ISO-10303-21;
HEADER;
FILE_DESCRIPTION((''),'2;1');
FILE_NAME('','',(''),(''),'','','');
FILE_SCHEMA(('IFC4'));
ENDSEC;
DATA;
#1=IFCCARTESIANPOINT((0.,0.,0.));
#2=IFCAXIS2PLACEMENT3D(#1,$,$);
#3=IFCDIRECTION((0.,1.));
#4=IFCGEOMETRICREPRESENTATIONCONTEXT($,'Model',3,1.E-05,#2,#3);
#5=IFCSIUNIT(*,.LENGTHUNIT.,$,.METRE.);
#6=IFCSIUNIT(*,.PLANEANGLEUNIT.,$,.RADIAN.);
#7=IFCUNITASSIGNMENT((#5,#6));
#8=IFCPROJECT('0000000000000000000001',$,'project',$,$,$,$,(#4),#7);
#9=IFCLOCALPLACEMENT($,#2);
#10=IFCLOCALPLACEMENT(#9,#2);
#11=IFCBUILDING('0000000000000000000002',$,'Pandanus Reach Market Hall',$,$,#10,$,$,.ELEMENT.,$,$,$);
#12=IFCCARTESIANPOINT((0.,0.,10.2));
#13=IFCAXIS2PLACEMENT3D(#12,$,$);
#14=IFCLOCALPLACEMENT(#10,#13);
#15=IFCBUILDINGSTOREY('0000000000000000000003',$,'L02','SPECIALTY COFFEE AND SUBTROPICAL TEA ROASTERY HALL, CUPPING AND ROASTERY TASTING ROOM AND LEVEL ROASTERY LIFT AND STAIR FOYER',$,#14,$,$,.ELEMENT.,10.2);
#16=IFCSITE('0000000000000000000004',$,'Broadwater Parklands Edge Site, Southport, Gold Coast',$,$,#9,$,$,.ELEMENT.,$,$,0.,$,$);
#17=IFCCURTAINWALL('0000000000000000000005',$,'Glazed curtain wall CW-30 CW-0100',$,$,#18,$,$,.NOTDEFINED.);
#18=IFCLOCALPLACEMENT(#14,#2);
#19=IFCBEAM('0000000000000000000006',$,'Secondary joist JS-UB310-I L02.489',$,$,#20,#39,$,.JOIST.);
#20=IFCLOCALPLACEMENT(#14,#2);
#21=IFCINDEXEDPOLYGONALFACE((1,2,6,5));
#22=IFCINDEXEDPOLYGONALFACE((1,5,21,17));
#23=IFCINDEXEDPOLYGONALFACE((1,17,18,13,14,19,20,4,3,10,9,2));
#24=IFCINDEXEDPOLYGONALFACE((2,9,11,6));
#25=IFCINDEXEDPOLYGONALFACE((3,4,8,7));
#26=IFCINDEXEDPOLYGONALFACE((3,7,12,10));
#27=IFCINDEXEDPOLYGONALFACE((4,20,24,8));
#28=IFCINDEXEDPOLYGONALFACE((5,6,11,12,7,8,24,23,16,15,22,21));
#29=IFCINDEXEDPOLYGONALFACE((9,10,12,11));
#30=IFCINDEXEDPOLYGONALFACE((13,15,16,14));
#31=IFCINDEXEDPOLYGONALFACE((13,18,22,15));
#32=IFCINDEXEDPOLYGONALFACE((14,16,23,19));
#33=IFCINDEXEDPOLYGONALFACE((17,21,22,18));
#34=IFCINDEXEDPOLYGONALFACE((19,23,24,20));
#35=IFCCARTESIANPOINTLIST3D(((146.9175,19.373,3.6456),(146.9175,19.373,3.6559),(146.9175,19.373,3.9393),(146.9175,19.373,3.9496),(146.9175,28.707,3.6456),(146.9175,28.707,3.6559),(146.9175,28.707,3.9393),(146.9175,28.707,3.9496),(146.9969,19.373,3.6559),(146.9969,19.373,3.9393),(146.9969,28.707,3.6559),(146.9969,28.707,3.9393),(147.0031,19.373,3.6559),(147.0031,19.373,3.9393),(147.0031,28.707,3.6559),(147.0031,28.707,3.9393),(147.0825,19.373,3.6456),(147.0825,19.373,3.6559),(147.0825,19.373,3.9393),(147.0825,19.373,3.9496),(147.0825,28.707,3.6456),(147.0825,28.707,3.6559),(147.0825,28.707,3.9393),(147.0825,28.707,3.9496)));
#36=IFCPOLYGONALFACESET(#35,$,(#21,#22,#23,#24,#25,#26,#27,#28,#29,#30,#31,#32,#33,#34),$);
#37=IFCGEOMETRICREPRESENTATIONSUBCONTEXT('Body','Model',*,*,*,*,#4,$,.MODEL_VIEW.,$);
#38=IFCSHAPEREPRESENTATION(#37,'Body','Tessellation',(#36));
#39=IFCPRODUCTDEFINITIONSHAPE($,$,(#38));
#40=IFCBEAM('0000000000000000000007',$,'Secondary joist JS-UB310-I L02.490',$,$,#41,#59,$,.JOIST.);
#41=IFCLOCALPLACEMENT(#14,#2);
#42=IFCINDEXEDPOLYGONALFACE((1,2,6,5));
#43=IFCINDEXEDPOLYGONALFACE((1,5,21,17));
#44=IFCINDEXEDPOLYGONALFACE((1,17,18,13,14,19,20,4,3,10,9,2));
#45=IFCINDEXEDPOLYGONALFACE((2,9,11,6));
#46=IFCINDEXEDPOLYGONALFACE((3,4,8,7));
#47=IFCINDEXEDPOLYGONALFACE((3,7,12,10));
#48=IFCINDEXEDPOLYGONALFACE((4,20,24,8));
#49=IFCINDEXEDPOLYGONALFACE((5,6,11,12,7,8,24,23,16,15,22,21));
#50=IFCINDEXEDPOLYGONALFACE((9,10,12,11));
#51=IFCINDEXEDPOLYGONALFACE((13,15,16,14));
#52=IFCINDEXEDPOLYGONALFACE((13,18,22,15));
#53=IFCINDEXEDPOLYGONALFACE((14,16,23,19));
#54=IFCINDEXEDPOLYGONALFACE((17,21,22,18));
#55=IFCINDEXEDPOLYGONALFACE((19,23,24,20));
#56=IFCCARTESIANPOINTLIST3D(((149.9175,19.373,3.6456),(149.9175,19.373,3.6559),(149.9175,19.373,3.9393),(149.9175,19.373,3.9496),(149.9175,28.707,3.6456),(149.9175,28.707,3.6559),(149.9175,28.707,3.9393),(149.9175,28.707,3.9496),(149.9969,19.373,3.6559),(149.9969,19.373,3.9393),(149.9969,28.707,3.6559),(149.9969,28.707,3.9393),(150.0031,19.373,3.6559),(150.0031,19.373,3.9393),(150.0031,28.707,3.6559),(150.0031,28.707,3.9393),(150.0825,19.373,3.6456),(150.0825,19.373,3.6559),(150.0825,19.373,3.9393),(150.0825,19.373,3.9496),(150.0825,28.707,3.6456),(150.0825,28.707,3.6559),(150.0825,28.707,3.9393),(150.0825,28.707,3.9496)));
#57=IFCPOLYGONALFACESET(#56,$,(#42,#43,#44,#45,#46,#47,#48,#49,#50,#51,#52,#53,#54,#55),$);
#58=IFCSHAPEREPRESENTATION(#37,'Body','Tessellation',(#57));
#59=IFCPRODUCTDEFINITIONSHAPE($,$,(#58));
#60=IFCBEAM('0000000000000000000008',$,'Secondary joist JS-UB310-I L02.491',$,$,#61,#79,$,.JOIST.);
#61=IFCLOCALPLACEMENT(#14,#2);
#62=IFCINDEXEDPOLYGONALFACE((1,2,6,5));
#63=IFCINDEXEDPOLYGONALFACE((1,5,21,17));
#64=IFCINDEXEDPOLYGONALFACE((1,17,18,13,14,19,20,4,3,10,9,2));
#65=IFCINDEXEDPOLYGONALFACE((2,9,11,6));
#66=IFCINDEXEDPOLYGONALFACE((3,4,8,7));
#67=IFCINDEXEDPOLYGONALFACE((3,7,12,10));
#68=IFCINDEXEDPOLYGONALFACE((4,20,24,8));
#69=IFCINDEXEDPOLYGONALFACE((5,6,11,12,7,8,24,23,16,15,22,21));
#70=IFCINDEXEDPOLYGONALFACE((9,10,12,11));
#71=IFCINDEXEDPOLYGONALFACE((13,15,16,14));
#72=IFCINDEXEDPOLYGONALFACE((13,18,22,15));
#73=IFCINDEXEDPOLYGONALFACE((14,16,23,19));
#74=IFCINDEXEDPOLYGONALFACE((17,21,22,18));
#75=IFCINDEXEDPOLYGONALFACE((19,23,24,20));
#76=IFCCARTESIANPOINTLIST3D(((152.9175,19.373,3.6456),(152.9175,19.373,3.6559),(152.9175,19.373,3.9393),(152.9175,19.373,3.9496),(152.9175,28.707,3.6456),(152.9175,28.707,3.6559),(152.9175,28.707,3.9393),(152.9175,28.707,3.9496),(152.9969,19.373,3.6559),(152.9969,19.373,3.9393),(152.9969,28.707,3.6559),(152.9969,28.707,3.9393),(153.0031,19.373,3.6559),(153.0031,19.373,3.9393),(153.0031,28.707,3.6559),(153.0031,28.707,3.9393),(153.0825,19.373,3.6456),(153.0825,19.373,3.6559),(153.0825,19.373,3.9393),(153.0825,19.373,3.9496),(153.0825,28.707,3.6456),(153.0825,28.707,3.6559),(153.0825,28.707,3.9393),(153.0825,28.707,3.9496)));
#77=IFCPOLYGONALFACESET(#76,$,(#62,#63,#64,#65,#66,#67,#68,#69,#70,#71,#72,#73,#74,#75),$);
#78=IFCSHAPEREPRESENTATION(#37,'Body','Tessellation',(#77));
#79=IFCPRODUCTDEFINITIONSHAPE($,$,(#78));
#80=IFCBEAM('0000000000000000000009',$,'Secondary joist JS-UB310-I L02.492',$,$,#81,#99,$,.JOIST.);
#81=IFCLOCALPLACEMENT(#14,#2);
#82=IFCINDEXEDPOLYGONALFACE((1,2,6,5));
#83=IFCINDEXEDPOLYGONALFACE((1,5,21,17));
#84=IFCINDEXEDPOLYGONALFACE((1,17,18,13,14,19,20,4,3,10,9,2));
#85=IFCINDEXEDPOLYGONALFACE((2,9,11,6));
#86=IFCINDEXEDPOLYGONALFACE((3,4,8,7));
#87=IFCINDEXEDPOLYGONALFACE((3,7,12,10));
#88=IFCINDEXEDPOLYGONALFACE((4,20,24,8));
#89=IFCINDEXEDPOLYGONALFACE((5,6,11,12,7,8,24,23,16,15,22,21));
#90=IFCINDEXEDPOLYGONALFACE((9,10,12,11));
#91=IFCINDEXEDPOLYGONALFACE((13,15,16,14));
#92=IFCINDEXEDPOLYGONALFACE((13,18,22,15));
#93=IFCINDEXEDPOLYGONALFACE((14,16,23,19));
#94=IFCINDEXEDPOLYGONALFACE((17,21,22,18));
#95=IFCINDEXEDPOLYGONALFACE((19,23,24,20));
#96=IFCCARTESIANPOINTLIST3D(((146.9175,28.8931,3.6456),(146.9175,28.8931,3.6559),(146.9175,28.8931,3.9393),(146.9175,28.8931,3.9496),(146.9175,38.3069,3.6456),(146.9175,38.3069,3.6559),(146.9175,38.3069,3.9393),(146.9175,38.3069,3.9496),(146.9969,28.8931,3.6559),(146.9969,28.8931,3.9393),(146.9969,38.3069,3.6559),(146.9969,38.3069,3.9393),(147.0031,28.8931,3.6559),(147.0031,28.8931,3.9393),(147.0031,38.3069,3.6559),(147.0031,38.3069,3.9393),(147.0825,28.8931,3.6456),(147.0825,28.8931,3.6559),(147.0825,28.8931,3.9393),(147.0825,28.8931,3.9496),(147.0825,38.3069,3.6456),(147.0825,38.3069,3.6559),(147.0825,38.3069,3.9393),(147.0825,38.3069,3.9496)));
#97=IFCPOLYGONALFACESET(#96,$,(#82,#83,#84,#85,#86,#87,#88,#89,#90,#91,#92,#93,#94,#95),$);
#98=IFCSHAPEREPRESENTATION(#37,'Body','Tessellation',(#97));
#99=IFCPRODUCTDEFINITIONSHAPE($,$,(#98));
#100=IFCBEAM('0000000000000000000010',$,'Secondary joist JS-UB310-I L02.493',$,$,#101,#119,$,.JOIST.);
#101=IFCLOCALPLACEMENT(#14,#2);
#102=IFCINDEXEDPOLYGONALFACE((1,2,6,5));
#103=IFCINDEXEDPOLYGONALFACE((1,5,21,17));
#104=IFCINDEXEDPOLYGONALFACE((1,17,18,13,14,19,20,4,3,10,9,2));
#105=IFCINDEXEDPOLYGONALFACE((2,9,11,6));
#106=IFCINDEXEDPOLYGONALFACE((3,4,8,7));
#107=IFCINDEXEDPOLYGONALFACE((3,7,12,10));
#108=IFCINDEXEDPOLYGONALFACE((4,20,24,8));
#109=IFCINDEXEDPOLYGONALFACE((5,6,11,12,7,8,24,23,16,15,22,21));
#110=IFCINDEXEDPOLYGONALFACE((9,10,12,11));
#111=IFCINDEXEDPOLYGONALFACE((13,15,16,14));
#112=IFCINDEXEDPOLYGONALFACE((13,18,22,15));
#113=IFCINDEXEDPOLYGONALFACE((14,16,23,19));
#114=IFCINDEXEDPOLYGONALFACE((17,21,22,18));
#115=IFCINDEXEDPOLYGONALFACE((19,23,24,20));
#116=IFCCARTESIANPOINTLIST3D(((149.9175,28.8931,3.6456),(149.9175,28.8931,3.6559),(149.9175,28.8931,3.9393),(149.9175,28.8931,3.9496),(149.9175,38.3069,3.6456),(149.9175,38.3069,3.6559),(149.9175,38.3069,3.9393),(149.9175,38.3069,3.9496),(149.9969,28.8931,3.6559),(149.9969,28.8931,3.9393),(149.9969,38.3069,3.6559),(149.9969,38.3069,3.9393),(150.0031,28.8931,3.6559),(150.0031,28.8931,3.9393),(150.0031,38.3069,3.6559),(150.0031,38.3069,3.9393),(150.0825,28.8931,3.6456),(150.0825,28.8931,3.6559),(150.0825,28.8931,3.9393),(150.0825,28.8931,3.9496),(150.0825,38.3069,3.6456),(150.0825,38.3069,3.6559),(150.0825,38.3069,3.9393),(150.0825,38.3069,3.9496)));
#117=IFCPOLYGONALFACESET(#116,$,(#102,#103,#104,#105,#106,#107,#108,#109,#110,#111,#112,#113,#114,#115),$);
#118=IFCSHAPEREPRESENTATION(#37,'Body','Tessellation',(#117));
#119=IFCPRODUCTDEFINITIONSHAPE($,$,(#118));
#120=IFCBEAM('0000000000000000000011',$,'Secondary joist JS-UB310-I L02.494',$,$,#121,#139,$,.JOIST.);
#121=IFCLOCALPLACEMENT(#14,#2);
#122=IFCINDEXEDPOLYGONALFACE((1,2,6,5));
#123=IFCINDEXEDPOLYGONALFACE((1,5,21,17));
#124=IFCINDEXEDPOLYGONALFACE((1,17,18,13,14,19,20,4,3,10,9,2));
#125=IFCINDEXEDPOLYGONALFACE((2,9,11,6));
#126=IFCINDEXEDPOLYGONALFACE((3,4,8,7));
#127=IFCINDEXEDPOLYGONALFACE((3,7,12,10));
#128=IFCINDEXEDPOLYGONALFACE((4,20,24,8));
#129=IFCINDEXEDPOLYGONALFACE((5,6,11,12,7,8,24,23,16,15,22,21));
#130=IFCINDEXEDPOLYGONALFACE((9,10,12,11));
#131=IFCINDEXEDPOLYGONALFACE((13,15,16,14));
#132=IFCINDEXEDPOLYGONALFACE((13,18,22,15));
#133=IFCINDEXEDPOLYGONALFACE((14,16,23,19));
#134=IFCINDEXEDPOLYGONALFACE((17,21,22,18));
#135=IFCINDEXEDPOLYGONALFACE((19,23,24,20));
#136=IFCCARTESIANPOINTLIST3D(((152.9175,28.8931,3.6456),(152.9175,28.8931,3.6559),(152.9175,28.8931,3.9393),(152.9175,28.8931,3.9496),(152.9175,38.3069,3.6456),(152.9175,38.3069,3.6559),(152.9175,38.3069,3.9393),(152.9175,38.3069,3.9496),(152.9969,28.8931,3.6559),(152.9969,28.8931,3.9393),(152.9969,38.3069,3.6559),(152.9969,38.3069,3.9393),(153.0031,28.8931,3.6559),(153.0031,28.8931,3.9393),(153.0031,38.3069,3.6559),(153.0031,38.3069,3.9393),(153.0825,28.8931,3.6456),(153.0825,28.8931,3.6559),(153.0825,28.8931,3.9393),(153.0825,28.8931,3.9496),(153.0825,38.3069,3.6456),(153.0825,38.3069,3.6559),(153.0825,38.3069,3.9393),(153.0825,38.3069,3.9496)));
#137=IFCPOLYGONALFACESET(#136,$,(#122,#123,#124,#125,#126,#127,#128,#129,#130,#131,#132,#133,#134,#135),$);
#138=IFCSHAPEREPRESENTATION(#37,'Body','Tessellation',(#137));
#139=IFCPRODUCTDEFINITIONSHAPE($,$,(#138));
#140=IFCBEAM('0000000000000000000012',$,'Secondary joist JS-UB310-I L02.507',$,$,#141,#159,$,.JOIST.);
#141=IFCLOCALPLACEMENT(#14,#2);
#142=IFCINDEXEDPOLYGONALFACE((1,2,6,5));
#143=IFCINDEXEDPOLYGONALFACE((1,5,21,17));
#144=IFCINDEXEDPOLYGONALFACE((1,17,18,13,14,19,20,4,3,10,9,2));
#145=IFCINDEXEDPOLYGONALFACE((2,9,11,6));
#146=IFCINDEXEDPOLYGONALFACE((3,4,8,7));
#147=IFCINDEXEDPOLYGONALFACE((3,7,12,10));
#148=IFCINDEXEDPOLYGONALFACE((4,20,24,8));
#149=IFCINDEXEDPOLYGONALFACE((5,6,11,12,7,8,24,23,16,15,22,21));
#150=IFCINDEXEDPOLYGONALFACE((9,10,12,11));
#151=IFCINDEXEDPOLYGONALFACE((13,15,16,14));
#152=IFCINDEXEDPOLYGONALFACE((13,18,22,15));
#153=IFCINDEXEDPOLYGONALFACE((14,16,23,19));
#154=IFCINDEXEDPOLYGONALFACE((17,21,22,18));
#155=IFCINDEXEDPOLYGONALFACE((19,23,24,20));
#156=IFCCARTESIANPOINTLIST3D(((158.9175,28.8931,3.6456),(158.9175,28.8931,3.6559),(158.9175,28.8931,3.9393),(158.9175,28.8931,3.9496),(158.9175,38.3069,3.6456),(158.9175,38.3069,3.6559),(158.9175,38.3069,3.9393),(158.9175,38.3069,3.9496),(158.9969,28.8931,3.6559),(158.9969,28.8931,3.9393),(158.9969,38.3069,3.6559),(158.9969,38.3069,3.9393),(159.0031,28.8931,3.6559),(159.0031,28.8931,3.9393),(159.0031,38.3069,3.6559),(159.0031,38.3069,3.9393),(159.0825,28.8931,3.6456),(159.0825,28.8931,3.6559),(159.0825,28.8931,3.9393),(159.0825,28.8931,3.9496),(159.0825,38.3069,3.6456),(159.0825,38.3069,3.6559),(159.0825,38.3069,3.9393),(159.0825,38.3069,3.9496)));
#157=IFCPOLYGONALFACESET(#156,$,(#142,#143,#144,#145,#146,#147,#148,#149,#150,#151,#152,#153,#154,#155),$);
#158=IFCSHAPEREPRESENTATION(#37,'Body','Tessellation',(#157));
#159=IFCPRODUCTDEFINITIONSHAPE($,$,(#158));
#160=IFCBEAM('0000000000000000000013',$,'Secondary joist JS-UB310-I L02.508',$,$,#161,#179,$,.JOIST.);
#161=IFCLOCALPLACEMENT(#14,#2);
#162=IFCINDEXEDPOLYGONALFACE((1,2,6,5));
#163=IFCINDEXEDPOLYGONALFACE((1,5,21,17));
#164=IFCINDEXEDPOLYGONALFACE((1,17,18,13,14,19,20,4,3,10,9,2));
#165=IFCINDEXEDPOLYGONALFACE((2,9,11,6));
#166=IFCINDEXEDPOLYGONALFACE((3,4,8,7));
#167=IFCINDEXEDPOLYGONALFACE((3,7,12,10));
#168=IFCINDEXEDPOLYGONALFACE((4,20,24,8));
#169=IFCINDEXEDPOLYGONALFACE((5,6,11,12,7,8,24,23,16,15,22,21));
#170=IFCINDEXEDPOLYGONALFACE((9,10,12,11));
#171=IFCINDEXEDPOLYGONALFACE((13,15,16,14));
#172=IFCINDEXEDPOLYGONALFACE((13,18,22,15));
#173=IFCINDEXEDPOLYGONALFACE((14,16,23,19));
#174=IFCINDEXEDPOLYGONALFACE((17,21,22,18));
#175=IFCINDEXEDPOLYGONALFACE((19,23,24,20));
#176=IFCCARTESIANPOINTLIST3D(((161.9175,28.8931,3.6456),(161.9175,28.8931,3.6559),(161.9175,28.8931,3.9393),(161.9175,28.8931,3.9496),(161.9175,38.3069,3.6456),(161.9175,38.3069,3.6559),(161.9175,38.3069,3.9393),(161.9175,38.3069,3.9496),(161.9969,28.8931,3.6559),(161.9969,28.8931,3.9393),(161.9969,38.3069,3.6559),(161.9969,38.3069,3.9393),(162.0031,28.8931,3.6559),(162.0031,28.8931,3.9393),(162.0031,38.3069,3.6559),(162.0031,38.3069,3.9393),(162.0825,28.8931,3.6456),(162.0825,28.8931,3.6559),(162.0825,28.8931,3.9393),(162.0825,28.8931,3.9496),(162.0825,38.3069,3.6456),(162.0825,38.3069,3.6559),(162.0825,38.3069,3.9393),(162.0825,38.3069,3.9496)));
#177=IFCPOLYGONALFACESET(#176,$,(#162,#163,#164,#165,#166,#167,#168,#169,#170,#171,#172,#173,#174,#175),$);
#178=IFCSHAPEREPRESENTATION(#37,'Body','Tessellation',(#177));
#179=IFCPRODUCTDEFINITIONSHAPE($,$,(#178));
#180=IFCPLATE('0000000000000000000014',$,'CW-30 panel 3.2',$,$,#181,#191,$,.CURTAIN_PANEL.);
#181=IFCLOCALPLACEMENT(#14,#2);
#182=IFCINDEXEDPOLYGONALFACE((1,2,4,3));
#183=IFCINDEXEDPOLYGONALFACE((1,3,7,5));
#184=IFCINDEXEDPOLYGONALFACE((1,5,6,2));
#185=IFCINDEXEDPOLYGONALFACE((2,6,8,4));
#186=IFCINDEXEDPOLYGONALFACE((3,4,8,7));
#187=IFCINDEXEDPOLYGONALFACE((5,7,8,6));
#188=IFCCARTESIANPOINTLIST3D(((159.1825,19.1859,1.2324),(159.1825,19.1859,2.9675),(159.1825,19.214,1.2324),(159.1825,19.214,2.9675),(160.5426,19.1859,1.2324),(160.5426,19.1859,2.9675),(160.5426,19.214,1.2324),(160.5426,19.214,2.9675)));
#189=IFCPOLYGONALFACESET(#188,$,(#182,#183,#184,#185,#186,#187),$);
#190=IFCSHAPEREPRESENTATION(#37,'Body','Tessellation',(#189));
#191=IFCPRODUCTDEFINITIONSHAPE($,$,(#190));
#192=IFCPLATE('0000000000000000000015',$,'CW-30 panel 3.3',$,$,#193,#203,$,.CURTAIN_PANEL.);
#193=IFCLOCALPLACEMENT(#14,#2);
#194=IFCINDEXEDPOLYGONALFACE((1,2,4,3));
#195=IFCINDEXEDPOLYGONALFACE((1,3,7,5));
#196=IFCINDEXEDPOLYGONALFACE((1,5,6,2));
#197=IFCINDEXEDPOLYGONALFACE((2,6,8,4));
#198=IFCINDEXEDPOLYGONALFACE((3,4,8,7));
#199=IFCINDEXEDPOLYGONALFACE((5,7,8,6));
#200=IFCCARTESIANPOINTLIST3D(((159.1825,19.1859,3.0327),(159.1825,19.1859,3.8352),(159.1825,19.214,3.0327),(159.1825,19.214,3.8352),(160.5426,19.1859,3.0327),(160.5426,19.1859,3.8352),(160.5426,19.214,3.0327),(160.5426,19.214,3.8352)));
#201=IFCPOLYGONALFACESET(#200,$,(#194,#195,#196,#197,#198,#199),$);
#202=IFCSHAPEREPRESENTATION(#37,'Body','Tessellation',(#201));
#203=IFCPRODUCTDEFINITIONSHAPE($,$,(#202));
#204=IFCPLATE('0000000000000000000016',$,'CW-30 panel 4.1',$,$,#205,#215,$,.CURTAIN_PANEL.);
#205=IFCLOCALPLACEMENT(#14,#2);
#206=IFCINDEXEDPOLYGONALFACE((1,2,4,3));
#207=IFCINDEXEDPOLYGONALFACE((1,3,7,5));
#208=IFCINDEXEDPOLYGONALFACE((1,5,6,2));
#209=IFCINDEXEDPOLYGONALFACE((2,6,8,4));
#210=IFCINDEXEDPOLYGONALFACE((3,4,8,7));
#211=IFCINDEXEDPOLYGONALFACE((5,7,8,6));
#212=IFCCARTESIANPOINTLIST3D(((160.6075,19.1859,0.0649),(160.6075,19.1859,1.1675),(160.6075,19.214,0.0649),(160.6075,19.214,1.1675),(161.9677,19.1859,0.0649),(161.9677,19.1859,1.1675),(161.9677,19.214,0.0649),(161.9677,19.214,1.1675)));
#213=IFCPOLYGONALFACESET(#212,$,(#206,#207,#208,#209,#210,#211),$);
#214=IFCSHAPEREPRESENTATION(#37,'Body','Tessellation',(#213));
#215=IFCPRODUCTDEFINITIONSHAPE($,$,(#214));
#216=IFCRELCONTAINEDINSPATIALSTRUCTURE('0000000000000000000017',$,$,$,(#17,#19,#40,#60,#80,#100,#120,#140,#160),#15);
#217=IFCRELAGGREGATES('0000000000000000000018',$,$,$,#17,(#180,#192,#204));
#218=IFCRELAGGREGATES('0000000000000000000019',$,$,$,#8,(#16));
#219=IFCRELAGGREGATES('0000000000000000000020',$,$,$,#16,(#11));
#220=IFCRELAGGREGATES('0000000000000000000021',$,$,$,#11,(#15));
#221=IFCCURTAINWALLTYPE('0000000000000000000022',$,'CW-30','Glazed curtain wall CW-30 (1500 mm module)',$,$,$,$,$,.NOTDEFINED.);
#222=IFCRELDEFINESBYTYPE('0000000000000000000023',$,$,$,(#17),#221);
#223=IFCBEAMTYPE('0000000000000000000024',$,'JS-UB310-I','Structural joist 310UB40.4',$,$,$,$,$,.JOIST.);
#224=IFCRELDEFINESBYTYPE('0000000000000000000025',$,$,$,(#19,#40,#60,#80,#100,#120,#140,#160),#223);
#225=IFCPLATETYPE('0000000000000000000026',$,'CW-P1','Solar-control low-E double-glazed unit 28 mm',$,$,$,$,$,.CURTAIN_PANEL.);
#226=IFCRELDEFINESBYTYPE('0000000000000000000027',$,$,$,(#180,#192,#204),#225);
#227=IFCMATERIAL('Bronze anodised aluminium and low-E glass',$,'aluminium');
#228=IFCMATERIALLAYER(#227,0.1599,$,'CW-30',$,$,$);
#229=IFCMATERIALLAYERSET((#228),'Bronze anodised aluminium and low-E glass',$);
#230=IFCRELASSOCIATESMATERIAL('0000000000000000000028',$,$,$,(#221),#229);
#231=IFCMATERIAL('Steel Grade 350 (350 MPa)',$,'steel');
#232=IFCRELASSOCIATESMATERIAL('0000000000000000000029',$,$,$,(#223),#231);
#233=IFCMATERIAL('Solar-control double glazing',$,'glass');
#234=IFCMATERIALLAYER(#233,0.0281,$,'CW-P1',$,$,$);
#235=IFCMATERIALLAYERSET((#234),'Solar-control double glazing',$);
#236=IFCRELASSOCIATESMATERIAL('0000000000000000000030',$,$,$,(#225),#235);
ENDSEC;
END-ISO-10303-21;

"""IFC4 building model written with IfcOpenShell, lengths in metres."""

from ifc_helpers import new_model, si_unit, direction, frame, origin, origin_2d, place, context, subcontext, project, spatial, rectangle, i_section, extrude, material, layer, layer_set, material_profile, profile_set, type_object, element, aggregate, save


model = new_model("IFC4")

# Units and contexts
model_context = context("Model", 3, precision=1e-05, world=origin(), true_north=direction((0.0, 1.0)))
body_context = subcontext(model_context, "Body", "Model", "MODEL_VIEW")
ifc_project = project(units=[si_unit("LENGTHUNIT", "METRE"), si_unit("PLANEANGLEUNIT", "RADIAN")], contexts=[model_context])

# Site, building, storey
site_placement = place(None, origin())
site = spatial("IfcSite", under=ifc_project, at=site_placement, Name="Broadwater Parklands Edge Site, Southport, Gold Coast", CompositionType="ELEMENT", RefElevation=0.0)
building_placement = place(site_placement, origin())
building = spatial("IfcBuilding", under=site, at=building_placement, Name="Pandanus Reach Market Hall", CompositionType="ELEMENT")
storey_placement = place(building_placement, frame((0.0, 0.0, 10.2)))
storey = spatial("IfcBuildingStorey", under=building, at=storey_placement, Name="L02", Description="SPECIALTY COFFEE AND SUBTROPICAL TEA ROASTERY HALL, CUPPING AND ROASTERY TASTING ROOM AND LEVEL ROASTERY LIFT AND STAIR FOYER", CompositionType="ELEMENT", Elevation=10.2)

# Shared definitions
ifc_material_1 = material(Name="Steel Grade 350 (350 MPa)", Category="steel")

# Curtain wall
ifc_material_2 = material(Name="Bronze anodised aluminium and low-E glass", Category="aluminium")
ifc_layer_1 = layer(ifc_material_2, 0.1599, Name="CW-30")
ifc_layer_set_1 = layer_set([ifc_layer_1], Name="Bronze anodised aluminium and low-E glass")
curtain_wall_type = type_object("IfcCurtainWallType", Name="CW-30", Description="Glazed curtain wall CW-30 (1500 mm module)", PredefinedType="NOTDEFINED", material=ifc_layer_set_1)
curtain_wall_placement = place(storey_placement, origin())
curtain_wall = element("IfcCurtainWall", 1, at=curtain_wall_placement, inside=storey, type_object=curtain_wall_type, Name="Glazed curtain wall CW-30 CW-0100", PredefinedType="NOTDEFINED")

# Beams
ifc_material_profile_1 = material_profile(ifc_material_1, i_section(OverallWidth=0.165, OverallDepth=0.304, WebThickness=0.0061, FlangeThickness=0.0103, at=origin_2d()), Name="310UB40.4", Category="LoadBearing")
ifc_profile_set_1 = profile_set([ifc_material_profile_1], Name="Steel Grade 350 (350 MPa)")
beam_type_1 = type_object("IfcBeamType", Name="JS-UB310-I", Description="Structural joist 310UB40.4", PredefinedType="JOIST", material=ifc_profile_set_1)
for number, where, z_axis, x_axis, name in (
    (2, (147.0, 19.373, 3.7976), (0.0, 1.0, 0.0), (-1.0, 0.0, 0.0), "Secondary joist JS-UB310-I L02.489"),
    (3, (150.0, 19.373, 3.7976), (0.0, 1.0, 0.0), (-1.0, 0.0, 0.0), "Secondary joist JS-UB310-I L02.490"),
    (4, (153.0, 19.373, 3.7976), (0.0, 1.0, 0.0), (-1.0, 0.0, 0.0), "Secondary joist JS-UB310-I L02.491"),
):
    element("IfcBeam", number, at=place(storey_placement, frame(where, z_axis=z_axis, x_axis=x_axis)), inside=storey, type_object=beam_type_1, Name=name, PredefinedType="JOIST", context=body_context, shape_type="SweptSolid", body=[
        extrude(i_section(OverallWidth=0.165, OverallDepth=0.304, WebThickness=0.0061, FlangeThickness=0.0103, at=origin_2d()), origin(), (0.0, 0.0, 1.0), 9.334),
    ])
for number, where, z_axis, x_axis, name in (
    (5, (147.0, 28.8931, 3.7976), (0.0, 1.0, 0.0), (-1.0, 0.0, 0.0), "Secondary joist JS-UB310-I L02.492"),
    (6, (150.0, 28.8931, 3.7976), (0.0, 1.0, 0.0), (-1.0, 0.0, 0.0), "Secondary joist JS-UB310-I L02.493"),
    (7, (153.0, 28.8931, 3.7976), (0.0, 1.0, 0.0), (-1.0, 0.0, 0.0), "Secondary joist JS-UB310-I L02.494"),
    (8, (159.0, 28.8931, 3.7976), (0.0, 1.0, 0.0), (-1.0, 0.0, 0.0), "Secondary joist JS-UB310-I L02.507"),
    (9, (162.0, 28.8931, 3.7976), (0.0, 1.0, 0.0), (-1.0, 0.0, 0.0), "Secondary joist JS-UB310-I L02.508"),
):
    element("IfcBeam", number, at=place(storey_placement, frame(where, z_axis=z_axis, x_axis=x_axis)), inside=storey, type_object=beam_type_1, Name=name, PredefinedType="JOIST", context=body_context, shape_type="SweptSolid", body=[
        extrude(i_section(OverallWidth=0.165, OverallDepth=0.304, WebThickness=0.0061, FlangeThickness=0.0103, at=origin_2d()), origin(), (0.0, 0.0, 1.0), 9.4138),
    ])

# Plates
ifc_material_3 = material(Name="Solar-control double glazing", Category="glass")
ifc_layer_2 = layer(ifc_material_3, 0.0281, Name="CW-P1")
ifc_layer_set_2 = layer_set([ifc_layer_2], Name="Solar-control double glazing")
plate_type = type_object("IfcPlateType", Name="CW-P1", Description="Solar-control low-E double-glazed unit 28 mm", PredefinedType="CURTAIN_PANEL", material=ifc_layer_set_2)
plate_1_placement = place(storey_placement, frame((159.8625, 19.2, 1.2324), z_axis=(0.0, 0.0, 1.0), x_axis=(1.0, 0.0, 0.0)))
plate_1 = element("IfcPlate", 10, at=plate_1_placement, type_object=plate_type, Name="CW-30 panel 3.2", PredefinedType="CURTAIN_PANEL", context=body_context, shape_type="SweptSolid", body=[
    extrude(rectangle(XDim=1.3601, YDim=0.0281, at=origin_2d()), origin(), (0.0, 0.0, 1.0), 1.7351),
])
plate_2_placement = place(storey_placement, frame((159.8625, 19.2, 3.0327), z_axis=(0.0, 0.0, 1.0), x_axis=(1.0, 0.0, 0.0)))
plate_2 = element("IfcPlate", 11, at=plate_2_placement, type_object=plate_type, Name="CW-30 panel 3.3", PredefinedType="CURTAIN_PANEL", context=body_context, shape_type="SweptSolid", body=[
    extrude(rectangle(XDim=1.3601, YDim=0.0281, at=origin_2d()), origin(), (0.0, 0.0, 1.0), 0.8025),
])
plate_3_placement = place(storey_placement, frame((161.2876, 19.2, 0.0649), z_axis=(0.0, 0.0, 1.0), x_axis=(1.0, 0.0, 0.0)))
plate_3 = element("IfcPlate", 12, at=plate_3_placement, type_object=plate_type, Name="CW-30 panel 4.1", PredefinedType="CURTAIN_PANEL", context=body_context, shape_type="SweptSolid", body=[
    extrude(rectangle(XDim=1.3601, YDim=0.0281, at=origin_2d()), origin(), (0.0, 0.0, 1.0), 1.1025),
])
aggregate(curtain_wall, [plate_1, plate_2, plate_3])

save(model, "model.ifc")
